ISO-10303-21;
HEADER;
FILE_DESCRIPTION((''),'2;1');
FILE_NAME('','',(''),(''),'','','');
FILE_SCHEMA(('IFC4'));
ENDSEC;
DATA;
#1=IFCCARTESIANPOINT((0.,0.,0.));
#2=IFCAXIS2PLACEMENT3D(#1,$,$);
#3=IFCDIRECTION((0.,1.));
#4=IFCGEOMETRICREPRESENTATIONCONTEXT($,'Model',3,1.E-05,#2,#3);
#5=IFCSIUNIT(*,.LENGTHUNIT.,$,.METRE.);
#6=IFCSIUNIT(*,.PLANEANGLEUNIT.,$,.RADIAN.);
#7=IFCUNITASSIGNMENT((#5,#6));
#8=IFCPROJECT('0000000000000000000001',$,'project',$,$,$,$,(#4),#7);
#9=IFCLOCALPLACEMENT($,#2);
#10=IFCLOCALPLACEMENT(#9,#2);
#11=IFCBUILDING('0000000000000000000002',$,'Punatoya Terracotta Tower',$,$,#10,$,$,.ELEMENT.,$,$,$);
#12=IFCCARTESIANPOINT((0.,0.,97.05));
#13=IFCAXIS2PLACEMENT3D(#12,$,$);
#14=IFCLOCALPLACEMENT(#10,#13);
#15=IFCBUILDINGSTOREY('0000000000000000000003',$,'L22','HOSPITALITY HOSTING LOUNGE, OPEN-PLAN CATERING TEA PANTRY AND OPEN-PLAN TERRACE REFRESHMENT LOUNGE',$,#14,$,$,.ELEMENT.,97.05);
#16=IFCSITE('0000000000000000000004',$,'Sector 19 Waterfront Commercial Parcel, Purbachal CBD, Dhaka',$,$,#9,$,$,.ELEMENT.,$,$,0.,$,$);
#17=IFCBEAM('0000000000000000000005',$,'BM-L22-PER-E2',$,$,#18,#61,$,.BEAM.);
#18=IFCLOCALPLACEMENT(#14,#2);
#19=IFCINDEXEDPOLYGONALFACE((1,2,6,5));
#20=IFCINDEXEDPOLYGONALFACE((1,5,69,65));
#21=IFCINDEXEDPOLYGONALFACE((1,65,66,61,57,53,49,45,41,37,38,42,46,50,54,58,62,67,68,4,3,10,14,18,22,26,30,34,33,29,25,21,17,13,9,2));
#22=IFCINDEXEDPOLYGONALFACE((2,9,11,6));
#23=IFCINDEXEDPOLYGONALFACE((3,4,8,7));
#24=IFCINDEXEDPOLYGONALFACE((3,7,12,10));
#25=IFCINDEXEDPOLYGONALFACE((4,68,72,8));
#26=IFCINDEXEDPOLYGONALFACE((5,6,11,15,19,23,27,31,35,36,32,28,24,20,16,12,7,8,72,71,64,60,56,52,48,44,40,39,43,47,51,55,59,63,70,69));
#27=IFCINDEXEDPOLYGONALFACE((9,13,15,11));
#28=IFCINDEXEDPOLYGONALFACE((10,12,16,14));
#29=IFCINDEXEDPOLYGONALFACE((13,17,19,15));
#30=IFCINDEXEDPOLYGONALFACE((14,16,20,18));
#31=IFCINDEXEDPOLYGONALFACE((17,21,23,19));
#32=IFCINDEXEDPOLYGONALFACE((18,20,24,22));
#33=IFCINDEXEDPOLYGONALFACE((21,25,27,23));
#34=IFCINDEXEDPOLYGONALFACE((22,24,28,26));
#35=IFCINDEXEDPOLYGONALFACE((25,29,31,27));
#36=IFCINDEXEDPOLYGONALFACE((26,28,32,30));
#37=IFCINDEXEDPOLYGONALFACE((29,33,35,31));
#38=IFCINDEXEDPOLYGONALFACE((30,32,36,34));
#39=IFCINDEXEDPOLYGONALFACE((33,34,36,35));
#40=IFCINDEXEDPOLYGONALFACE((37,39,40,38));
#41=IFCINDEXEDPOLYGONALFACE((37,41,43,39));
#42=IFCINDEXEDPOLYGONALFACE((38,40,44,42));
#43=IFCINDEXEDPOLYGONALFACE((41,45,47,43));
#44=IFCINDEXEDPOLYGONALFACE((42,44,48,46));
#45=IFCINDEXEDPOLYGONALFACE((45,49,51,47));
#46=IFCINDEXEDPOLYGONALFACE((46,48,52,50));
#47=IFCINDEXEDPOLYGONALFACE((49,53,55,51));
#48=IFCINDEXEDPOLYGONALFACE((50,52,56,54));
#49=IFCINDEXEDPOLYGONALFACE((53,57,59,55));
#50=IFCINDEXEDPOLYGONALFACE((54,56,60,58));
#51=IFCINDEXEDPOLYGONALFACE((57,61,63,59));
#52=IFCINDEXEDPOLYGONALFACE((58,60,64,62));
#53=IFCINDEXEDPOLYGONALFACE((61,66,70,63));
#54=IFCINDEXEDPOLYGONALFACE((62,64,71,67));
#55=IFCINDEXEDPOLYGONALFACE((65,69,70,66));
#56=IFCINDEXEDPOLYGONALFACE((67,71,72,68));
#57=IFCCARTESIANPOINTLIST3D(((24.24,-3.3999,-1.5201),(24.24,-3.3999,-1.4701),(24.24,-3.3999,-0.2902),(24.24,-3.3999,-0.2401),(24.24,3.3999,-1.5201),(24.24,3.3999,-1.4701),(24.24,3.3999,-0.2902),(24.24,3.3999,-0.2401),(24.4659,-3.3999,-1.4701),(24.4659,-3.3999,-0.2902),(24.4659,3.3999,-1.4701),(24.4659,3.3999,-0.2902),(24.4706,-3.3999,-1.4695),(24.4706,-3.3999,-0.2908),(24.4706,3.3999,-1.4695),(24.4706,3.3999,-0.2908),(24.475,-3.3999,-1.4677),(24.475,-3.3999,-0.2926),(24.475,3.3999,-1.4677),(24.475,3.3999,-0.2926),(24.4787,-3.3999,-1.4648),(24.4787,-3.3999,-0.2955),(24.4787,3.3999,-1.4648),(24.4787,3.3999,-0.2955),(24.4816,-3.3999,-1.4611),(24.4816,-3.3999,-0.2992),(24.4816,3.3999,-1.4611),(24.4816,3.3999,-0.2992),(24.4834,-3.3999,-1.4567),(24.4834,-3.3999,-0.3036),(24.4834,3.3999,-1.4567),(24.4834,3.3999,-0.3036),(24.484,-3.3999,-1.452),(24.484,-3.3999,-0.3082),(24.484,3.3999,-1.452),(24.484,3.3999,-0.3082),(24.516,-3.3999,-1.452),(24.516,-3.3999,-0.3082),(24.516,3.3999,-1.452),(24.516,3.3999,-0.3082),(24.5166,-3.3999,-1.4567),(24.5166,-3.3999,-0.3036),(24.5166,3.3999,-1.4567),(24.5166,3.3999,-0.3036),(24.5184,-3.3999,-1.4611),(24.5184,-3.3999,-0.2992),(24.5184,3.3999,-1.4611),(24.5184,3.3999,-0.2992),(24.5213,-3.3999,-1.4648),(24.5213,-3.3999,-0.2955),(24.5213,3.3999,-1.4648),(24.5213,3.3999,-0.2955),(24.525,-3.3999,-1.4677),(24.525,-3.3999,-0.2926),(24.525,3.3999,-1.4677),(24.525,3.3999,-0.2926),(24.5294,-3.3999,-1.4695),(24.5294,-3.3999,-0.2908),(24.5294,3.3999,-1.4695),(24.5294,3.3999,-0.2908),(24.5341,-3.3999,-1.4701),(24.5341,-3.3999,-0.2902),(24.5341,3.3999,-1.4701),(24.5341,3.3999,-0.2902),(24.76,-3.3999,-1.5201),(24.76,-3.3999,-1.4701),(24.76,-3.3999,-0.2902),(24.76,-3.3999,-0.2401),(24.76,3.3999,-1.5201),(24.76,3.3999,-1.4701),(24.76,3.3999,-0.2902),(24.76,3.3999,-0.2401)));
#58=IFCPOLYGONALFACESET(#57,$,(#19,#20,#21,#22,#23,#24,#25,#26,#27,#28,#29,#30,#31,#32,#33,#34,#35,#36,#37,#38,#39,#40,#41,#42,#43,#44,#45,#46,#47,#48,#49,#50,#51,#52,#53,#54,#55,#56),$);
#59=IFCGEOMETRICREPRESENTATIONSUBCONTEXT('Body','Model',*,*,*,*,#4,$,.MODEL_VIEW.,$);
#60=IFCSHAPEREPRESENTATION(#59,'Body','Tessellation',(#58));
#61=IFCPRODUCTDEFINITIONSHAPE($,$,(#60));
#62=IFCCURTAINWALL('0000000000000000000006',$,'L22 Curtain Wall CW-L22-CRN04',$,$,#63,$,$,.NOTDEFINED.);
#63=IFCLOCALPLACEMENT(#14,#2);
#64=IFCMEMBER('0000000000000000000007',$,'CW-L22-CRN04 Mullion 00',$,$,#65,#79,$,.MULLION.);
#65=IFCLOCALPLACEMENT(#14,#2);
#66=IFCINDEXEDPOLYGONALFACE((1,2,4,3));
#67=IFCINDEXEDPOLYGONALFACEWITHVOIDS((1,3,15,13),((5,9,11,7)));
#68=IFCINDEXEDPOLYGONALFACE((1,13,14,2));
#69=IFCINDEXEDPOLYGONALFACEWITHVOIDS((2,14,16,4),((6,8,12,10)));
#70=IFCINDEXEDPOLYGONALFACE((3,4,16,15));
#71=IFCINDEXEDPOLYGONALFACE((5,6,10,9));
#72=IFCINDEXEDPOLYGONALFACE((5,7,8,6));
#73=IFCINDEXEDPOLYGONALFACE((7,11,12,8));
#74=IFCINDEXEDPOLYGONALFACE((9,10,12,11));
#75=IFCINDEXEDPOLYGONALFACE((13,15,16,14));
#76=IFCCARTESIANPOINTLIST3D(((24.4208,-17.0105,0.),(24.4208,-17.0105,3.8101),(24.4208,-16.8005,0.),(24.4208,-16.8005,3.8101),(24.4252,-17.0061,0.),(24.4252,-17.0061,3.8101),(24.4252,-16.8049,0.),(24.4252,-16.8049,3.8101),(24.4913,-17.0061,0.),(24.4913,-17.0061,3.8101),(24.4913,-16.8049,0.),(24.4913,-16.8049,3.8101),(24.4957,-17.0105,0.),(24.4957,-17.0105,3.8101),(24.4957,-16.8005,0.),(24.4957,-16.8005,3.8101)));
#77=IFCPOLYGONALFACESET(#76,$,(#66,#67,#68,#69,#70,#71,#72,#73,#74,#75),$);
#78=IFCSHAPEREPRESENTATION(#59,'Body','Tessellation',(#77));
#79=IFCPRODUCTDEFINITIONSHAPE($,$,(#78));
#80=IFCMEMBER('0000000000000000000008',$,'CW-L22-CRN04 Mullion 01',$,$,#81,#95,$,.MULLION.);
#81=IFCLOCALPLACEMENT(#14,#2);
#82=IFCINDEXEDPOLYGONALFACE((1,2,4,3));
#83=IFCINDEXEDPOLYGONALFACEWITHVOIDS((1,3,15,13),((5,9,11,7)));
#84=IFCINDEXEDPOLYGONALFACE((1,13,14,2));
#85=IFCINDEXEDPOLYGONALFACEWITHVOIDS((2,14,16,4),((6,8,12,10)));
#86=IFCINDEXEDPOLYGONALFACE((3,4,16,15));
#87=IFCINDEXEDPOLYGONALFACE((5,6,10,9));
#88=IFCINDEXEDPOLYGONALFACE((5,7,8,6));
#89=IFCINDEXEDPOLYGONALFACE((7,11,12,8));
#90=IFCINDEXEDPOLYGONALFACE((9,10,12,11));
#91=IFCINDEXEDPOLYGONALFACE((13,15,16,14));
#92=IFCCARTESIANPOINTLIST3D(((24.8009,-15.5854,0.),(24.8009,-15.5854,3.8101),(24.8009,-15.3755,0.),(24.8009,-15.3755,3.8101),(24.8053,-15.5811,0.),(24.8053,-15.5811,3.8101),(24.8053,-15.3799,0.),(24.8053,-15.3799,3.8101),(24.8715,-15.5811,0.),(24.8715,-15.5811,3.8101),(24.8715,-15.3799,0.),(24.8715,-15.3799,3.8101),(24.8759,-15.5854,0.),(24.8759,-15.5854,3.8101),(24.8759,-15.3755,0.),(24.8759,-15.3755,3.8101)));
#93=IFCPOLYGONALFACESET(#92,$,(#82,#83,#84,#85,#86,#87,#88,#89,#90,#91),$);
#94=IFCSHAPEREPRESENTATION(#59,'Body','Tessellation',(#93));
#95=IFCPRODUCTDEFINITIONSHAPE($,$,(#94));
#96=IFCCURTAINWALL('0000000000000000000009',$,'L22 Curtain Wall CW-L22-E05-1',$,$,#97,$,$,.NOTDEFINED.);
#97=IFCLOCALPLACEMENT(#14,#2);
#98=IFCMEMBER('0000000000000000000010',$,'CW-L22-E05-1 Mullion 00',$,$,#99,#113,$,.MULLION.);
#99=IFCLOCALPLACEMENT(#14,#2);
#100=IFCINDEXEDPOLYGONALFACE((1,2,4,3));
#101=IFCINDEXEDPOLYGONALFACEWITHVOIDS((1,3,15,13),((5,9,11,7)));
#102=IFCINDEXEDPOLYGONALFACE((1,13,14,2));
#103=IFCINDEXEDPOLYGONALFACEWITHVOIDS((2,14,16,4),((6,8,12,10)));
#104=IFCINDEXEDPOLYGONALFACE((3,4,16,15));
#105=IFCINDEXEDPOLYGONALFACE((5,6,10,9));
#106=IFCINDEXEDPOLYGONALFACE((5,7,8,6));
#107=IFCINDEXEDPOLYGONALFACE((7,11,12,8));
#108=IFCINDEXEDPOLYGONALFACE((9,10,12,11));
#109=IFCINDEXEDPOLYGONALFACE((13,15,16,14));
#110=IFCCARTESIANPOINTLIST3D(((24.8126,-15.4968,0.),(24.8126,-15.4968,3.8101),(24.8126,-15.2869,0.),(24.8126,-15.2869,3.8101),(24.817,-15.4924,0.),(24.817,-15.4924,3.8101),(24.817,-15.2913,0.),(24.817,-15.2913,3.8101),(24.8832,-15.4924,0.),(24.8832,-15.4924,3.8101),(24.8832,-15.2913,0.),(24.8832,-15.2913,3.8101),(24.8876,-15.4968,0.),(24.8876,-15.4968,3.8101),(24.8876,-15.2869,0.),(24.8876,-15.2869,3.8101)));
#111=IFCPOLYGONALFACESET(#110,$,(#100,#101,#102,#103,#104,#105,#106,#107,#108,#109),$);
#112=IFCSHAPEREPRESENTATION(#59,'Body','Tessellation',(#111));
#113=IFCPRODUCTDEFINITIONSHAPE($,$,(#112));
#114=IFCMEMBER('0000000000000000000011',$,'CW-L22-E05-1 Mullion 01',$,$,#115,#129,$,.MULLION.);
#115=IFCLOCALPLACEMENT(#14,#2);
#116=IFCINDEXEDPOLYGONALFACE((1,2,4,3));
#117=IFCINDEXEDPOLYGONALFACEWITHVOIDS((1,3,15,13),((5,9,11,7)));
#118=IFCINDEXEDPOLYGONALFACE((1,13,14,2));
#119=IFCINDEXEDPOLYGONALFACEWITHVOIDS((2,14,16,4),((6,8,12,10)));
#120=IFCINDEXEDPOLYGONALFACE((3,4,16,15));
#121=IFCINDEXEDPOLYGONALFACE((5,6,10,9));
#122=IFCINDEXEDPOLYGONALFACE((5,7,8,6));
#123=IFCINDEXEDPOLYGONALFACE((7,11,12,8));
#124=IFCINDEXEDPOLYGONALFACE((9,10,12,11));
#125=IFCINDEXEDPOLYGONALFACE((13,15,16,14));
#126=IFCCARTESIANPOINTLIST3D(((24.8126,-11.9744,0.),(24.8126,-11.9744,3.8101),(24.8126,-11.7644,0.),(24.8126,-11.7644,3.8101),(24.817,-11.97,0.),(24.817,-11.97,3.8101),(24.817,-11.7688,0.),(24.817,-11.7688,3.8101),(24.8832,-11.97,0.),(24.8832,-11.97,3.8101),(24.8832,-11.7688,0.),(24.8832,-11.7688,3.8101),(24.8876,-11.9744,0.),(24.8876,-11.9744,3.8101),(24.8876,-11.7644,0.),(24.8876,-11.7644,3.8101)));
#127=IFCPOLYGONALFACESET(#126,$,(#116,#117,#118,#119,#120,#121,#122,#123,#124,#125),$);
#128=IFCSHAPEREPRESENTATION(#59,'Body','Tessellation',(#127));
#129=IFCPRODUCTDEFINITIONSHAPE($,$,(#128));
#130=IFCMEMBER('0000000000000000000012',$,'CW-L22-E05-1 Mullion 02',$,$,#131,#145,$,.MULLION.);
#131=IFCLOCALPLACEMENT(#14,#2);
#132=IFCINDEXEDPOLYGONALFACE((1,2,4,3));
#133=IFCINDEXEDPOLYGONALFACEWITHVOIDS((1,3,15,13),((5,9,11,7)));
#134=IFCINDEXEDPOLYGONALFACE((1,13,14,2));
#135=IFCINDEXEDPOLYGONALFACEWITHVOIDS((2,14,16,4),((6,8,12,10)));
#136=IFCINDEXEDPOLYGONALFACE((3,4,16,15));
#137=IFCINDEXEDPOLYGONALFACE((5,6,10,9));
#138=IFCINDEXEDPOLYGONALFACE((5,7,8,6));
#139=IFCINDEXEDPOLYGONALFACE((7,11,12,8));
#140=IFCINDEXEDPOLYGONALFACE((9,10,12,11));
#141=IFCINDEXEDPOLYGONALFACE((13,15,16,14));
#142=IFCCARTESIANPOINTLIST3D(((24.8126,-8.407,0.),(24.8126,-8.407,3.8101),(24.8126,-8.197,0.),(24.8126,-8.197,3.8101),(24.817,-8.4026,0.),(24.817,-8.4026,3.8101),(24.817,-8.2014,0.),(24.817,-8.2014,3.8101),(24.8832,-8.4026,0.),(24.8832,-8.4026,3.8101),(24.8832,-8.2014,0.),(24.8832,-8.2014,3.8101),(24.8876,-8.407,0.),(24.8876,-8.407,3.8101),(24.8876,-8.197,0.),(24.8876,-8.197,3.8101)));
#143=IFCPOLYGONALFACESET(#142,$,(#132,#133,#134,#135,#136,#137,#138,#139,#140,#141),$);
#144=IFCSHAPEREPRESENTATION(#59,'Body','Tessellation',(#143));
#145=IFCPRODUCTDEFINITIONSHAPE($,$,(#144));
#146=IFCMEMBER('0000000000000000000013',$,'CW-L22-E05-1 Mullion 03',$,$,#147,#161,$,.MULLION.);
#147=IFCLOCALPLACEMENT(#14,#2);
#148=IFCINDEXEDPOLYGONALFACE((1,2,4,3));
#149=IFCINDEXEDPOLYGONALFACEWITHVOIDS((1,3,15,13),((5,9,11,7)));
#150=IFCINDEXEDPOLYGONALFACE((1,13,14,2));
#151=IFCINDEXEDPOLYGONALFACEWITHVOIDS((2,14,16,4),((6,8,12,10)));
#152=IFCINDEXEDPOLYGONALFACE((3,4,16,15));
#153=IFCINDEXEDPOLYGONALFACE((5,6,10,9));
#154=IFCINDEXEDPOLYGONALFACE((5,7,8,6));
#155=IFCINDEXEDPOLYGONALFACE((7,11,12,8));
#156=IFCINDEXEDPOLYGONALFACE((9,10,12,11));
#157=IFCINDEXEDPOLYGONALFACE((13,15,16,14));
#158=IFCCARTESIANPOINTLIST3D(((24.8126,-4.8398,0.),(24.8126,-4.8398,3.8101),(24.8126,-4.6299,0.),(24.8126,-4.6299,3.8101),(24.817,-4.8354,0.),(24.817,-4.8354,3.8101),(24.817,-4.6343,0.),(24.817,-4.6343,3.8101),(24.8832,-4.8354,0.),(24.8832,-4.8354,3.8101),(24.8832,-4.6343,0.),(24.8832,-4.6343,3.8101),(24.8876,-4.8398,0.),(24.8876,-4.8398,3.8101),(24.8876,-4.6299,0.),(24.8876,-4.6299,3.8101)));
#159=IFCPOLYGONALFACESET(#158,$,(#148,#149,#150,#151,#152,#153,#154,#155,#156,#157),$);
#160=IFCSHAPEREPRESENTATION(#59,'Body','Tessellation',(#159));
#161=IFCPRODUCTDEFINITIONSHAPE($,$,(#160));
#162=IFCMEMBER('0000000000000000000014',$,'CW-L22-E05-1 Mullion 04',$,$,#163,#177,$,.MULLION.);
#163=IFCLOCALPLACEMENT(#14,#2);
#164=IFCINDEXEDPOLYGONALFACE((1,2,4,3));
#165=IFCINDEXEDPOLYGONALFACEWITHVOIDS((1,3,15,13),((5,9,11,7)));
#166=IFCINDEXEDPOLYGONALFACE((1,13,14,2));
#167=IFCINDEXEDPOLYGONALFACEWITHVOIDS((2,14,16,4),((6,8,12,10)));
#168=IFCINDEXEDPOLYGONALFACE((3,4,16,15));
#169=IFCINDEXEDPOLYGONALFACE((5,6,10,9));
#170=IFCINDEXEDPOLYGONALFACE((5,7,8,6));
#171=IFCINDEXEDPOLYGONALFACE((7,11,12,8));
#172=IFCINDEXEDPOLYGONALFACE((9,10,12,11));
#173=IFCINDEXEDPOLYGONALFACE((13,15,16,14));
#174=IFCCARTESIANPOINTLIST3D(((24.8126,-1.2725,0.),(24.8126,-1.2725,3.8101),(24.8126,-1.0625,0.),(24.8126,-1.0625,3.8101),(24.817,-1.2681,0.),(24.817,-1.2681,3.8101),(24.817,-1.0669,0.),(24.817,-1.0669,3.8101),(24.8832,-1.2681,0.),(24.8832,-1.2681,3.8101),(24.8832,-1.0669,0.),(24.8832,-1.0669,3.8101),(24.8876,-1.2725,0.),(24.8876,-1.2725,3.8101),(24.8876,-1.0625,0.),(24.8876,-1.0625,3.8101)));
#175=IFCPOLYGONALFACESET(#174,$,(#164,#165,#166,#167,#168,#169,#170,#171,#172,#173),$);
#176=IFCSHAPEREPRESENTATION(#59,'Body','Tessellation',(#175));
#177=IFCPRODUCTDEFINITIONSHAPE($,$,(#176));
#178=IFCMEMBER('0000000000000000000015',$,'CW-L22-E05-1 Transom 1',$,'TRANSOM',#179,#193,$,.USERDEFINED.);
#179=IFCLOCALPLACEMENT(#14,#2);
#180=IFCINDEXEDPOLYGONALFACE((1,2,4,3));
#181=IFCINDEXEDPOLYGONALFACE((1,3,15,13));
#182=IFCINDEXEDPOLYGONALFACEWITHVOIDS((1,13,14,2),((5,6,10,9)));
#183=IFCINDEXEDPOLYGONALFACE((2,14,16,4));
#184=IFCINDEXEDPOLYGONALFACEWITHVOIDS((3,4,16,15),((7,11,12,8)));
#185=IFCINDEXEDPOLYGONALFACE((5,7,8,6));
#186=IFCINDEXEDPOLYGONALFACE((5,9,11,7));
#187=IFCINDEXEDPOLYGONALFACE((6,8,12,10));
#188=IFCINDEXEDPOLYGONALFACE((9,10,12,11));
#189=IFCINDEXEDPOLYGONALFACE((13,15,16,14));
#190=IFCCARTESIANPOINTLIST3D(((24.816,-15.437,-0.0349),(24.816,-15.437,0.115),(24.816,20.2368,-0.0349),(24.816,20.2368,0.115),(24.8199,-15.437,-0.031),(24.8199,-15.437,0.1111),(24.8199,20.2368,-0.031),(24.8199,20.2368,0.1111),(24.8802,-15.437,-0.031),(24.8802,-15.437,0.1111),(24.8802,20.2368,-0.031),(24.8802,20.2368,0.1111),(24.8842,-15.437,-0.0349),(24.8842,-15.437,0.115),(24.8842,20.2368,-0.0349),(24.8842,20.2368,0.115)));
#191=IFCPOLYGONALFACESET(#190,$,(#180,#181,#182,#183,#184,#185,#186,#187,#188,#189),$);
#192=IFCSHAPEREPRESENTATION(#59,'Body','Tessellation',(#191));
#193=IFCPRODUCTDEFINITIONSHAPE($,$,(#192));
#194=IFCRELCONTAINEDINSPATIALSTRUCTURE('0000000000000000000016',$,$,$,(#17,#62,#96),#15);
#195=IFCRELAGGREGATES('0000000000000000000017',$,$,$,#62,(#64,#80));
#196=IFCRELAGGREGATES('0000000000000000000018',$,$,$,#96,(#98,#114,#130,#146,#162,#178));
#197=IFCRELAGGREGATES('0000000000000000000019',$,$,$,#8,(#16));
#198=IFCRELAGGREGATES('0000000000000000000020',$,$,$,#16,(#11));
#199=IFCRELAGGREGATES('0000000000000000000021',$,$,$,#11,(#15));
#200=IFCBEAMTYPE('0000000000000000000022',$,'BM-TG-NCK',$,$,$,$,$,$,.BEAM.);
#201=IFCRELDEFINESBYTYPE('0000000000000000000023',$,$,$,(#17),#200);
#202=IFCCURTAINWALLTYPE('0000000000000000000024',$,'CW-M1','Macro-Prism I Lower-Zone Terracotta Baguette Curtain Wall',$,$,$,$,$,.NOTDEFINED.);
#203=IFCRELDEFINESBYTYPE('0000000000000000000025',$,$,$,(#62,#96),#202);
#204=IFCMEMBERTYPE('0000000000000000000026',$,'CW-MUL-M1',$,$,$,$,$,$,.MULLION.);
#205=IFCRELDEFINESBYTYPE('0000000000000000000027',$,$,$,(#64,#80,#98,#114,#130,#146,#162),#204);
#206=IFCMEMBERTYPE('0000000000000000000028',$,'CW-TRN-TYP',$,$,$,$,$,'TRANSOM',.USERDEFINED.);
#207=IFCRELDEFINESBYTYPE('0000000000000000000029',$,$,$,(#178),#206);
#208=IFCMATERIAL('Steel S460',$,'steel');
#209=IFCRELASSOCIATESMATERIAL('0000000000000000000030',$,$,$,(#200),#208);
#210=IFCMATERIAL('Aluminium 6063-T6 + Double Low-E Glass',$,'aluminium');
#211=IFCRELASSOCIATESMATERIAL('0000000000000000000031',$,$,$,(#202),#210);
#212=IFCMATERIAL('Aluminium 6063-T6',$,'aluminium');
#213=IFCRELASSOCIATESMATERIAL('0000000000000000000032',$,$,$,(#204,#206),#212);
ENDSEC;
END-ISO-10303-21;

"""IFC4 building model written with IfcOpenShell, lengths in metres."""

from ifc_helpers import new_model, si_unit, direction, frame, origin, origin_2d, place, context, subcontext, project, spatial, hollow_rectangle, i_section, extrude, material, material_profile, profile_set, type_object, element, aggregate, save


model = new_model("IFC4")

# Units and contexts
model_context = context("Model", 3, precision=1e-05, world=origin(), true_north=direction((0.0, 1.0)))
body_context = subcontext(model_context, "Body", "Model", "MODEL_VIEW")
ifc_project = project(units=[si_unit("LENGTHUNIT", "METRE"), si_unit("PLANEANGLEUNIT", "RADIAN")], contexts=[model_context])

# Site, building, storey
site_placement = place(None, origin())
site = spatial("IfcSite", under=ifc_project, at=site_placement, Name="Sector 19 Waterfront Commercial Parcel, Purbachal CBD, Dhaka", CompositionType="ELEMENT", RefElevation=0.0)
building_placement = place(site_placement, origin())
building = spatial("IfcBuilding", under=site, at=building_placement, Name="Punatoya Terracotta Tower", CompositionType="ELEMENT")
storey_placement = place(building_placement, frame((0.0, 0.0, 97.05)))
storey = spatial("IfcBuildingStorey", under=building, at=storey_placement, Name="L22", Description="HOSPITALITY HOSTING LOUNGE, OPEN-PLAN CATERING TEA PANTRY AND OPEN-PLAN TERRACE REFRESHMENT LOUNGE", CompositionType="ELEMENT", Elevation=97.05)

# Shared definitions
ifc_material_1 = material(Name="Steel S460", Category="steel")

# Beam
ifc_material_profile_1 = material_profile(ifc_material_1, i_section(OverallWidth=0.52, OverallDepth=1.28, WebThickness=0.032, FlangeThickness=0.05, FilletRadius=0.0181, at=origin_2d()))
ifc_profile_set_1 = profile_set([ifc_material_profile_1], Name="Steel S460")
beam_type_1 = type_object("IfcBeamType", Name="BM-TG-NCK", PredefinedType="BEAM", material=ifc_profile_set_1)
beam_1_placement = place(storey_placement, frame((24.5, -3.3999, -0.8801), z_axis=(0.0, 1.0, 0.0), x_axis=(-1.0, 0.0, 0.0)))
element("IfcBeam", 1, at=beam_1_placement, inside=storey, type_object=beam_type_1, Name="BM-L22-PER-E2", PredefinedType="BEAM", context=body_context, shape_type="SweptSolid", body=[
    extrude(i_section(OverallWidth=0.52, OverallDepth=1.28, WebThickness=0.032, FlangeThickness=0.05, FilletRadius=0.0181, at=origin_2d()), origin(), (0.0, 0.0, 1.0), 6.7998),
])

# Curtain walls, members
ifc_material_2 = material(Name="Aluminium 6063-T6 + Double Low-E Glass", Category="aluminium")
curtain_wall_type = type_object("IfcCurtainWallType", Name="CW-M1", Description="Macro-Prism I Lower-Zone Terracotta Baguette Curtain Wall", PredefinedType="NOTDEFINED", material=ifc_material_2)
curtain_wall_1_placement = place(storey_placement, origin())
curtain_wall_1 = element("IfcCurtainWall", 2, at=curtain_wall_1_placement, inside=storey, type_object=curtain_wall_type, Name="L22 Curtain Wall CW-L22-CRN04", PredefinedType="NOTDEFINED")
ifc_material_3 = material(Name="Aluminium 6063-T6", Category="aluminium")
ifc_material_profile_2 = material_profile(ifc_material_3, hollow_rectangle(XDim=0.075, YDim=0.21, WallThickness=0.0044, at=origin_2d()))
ifc_profile_set_2 = profile_set([ifc_material_profile_2], Name="Aluminium 6063-T6")
member_type_1 = type_object("IfcMemberType", Name="CW-MUL-M1", PredefinedType="MULLION", material=ifc_profile_set_2)
member_1_placement = place(storey_placement, frame((24.4583, -16.9055, 0.0), z_axis=(0.0, 0.0, 1.0), x_axis=(1.0, 0.0, 0.0)))
member_1 = element("IfcMember", 3, at=member_1_placement, type_object=member_type_1, Name="CW-L22-CRN04 Mullion 00", PredefinedType="MULLION", context=body_context, shape_type="SweptSolid", body=[
    extrude(hollow_rectangle(XDim=0.075, YDim=0.21, WallThickness=0.0044, at=origin_2d()), origin(), (0.0, 0.0, 1.0), 3.8101),
])
member_2_placement = place(storey_placement, frame((24.8384, -15.4805, 0.0), z_axis=(0.0, 0.0, 1.0), x_axis=(1.0, 0.0, 0.0)))
member_2 = element("IfcMember", 4, at=member_2_placement, type_object=member_type_1, Name="CW-L22-CRN04 Mullion 01", PredefinedType="MULLION", context=body_context, shape_type="SweptSolid", body=[
    extrude(hollow_rectangle(XDim=0.075, YDim=0.21, WallThickness=0.0044, at=origin_2d()), origin(), (0.0, 0.0, 1.0), 3.8101),
])
curtain_wall_2_placement = place(storey_placement, origin())
curtain_wall_2 = element("IfcCurtainWall", 5, at=curtain_wall_2_placement, inside=storey, type_object=curtain_wall_type, Name="L22 Curtain Wall CW-L22-E05-1", PredefinedType="NOTDEFINED")
member_3_placement = place(storey_placement, frame((24.8501, -15.3918, 0.0), z_axis=(0.0, 0.0, 1.0), x_axis=(1.0, 0.0, 0.0)))
member_3 = element("IfcMember", 6, at=member_3_placement, type_object=member_type_1, Name="CW-L22-E05-1 Mullion 00", PredefinedType="MULLION", context=body_context, shape_type="SweptSolid", body=[
    extrude(hollow_rectangle(XDim=0.075, YDim=0.21, WallThickness=0.0044, at=origin_2d()), origin(), (0.0, 0.0, 1.0), 3.8101),
])
member_4_placement = place(storey_placement, frame((24.8501, -11.8694, 0.0), z_axis=(0.0, 0.0, 1.0), x_axis=(1.0, 0.0, 0.0)))
member_4 = element("IfcMember", 7, at=member_4_placement, type_object=member_type_1, Name="CW-L22-E05-1 Mullion 01", PredefinedType="MULLION", context=body_context, shape_type="SweptSolid", body=[
    extrude(hollow_rectangle(XDim=0.075, YDim=0.21, WallThickness=0.0044, at=origin_2d()), origin(), (0.0, 0.0, 1.0), 3.8101),
])
member_5_placement = place(storey_placement, frame((24.8501, -8.302, 0.0), z_axis=(0.0, 0.0, 1.0), x_axis=(1.0, 0.0, 0.0)))
member_5 = element("IfcMember", 8, at=member_5_placement, type_object=member_type_1, Name="CW-L22-E05-1 Mullion 02", PredefinedType="MULLION", context=body_context, shape_type="SweptSolid", body=[
    extrude(hollow_rectangle(XDim=0.075, YDim=0.21, WallThickness=0.0044, at=origin_2d()), origin(), (0.0, 0.0, 1.0), 3.8101),
])
member_6_placement = place(storey_placement, frame((24.8501, -4.7349, 0.0), z_axis=(0.0, 0.0, 1.0), x_axis=(1.0, 0.0, 0.0)))
member_6 = element("IfcMember", 9, at=member_6_placement, type_object=member_type_1, Name="CW-L22-E05-1 Mullion 03", PredefinedType="MULLION", context=body_context, shape_type="SweptSolid", body=[
    extrude(hollow_rectangle(XDim=0.075, YDim=0.21, WallThickness=0.0044, at=origin_2d()), origin(), (0.0, 0.0, 1.0), 3.8101),
])
member_7_placement = place(storey_placement, frame((24.8501, -1.1675, 0.0), z_axis=(0.0, 0.0, 1.0), x_axis=(1.0, 0.0, 0.0)))
member_7 = element("IfcMember", 10, at=member_7_placement, type_object=member_type_1, Name="CW-L22-E05-1 Mullion 04", PredefinedType="MULLION", context=body_context, shape_type="SweptSolid", body=[
    extrude(hollow_rectangle(XDim=0.075, YDim=0.21, WallThickness=0.0044, at=origin_2d()), origin(), (0.0, 0.0, 1.0), 3.8101),
])
ifc_material_profile_3 = material_profile(ifc_material_3, hollow_rectangle(XDim=0.0681, YDim=0.1499, WallThickness=0.0039, at=origin_2d()))
ifc_profile_set_3 = profile_set([ifc_material_profile_3], Name="Aluminium 6063-T6")
member_type_2 = type_object("IfcMemberType", Name="CW-TRN-TYP", ElementType="TRANSOM", PredefinedType="USERDEFINED", material=ifc_profile_set_3)
member_8_placement = place(storey_placement, frame((24.8501, -15.437, 0.04), z_axis=(0.0, 1.0, 0.0), x_axis=(-1.0, 0.0, 0.0)))
member_8 = element("IfcMember", 11, at=member_8_placement, type_object=member_type_2, Name="CW-L22-E05-1 Transom 1", ObjectType="TRANSOM", PredefinedType="USERDEFINED", context=body_context, shape_type="SweptSolid", body=[
    extrude(hollow_rectangle(XDim=0.0681, YDim=0.1499, WallThickness=0.0039, at=origin_2d()), origin(), (0.0, 0.0, 1.0), 35.6738),
])

aggregate(curtain_wall_1, [member_1, member_2])
aggregate(curtain_wall_2, [member_3, member_4, member_5, member_6, member_7, member_8])

save(model, "model.ifc")
